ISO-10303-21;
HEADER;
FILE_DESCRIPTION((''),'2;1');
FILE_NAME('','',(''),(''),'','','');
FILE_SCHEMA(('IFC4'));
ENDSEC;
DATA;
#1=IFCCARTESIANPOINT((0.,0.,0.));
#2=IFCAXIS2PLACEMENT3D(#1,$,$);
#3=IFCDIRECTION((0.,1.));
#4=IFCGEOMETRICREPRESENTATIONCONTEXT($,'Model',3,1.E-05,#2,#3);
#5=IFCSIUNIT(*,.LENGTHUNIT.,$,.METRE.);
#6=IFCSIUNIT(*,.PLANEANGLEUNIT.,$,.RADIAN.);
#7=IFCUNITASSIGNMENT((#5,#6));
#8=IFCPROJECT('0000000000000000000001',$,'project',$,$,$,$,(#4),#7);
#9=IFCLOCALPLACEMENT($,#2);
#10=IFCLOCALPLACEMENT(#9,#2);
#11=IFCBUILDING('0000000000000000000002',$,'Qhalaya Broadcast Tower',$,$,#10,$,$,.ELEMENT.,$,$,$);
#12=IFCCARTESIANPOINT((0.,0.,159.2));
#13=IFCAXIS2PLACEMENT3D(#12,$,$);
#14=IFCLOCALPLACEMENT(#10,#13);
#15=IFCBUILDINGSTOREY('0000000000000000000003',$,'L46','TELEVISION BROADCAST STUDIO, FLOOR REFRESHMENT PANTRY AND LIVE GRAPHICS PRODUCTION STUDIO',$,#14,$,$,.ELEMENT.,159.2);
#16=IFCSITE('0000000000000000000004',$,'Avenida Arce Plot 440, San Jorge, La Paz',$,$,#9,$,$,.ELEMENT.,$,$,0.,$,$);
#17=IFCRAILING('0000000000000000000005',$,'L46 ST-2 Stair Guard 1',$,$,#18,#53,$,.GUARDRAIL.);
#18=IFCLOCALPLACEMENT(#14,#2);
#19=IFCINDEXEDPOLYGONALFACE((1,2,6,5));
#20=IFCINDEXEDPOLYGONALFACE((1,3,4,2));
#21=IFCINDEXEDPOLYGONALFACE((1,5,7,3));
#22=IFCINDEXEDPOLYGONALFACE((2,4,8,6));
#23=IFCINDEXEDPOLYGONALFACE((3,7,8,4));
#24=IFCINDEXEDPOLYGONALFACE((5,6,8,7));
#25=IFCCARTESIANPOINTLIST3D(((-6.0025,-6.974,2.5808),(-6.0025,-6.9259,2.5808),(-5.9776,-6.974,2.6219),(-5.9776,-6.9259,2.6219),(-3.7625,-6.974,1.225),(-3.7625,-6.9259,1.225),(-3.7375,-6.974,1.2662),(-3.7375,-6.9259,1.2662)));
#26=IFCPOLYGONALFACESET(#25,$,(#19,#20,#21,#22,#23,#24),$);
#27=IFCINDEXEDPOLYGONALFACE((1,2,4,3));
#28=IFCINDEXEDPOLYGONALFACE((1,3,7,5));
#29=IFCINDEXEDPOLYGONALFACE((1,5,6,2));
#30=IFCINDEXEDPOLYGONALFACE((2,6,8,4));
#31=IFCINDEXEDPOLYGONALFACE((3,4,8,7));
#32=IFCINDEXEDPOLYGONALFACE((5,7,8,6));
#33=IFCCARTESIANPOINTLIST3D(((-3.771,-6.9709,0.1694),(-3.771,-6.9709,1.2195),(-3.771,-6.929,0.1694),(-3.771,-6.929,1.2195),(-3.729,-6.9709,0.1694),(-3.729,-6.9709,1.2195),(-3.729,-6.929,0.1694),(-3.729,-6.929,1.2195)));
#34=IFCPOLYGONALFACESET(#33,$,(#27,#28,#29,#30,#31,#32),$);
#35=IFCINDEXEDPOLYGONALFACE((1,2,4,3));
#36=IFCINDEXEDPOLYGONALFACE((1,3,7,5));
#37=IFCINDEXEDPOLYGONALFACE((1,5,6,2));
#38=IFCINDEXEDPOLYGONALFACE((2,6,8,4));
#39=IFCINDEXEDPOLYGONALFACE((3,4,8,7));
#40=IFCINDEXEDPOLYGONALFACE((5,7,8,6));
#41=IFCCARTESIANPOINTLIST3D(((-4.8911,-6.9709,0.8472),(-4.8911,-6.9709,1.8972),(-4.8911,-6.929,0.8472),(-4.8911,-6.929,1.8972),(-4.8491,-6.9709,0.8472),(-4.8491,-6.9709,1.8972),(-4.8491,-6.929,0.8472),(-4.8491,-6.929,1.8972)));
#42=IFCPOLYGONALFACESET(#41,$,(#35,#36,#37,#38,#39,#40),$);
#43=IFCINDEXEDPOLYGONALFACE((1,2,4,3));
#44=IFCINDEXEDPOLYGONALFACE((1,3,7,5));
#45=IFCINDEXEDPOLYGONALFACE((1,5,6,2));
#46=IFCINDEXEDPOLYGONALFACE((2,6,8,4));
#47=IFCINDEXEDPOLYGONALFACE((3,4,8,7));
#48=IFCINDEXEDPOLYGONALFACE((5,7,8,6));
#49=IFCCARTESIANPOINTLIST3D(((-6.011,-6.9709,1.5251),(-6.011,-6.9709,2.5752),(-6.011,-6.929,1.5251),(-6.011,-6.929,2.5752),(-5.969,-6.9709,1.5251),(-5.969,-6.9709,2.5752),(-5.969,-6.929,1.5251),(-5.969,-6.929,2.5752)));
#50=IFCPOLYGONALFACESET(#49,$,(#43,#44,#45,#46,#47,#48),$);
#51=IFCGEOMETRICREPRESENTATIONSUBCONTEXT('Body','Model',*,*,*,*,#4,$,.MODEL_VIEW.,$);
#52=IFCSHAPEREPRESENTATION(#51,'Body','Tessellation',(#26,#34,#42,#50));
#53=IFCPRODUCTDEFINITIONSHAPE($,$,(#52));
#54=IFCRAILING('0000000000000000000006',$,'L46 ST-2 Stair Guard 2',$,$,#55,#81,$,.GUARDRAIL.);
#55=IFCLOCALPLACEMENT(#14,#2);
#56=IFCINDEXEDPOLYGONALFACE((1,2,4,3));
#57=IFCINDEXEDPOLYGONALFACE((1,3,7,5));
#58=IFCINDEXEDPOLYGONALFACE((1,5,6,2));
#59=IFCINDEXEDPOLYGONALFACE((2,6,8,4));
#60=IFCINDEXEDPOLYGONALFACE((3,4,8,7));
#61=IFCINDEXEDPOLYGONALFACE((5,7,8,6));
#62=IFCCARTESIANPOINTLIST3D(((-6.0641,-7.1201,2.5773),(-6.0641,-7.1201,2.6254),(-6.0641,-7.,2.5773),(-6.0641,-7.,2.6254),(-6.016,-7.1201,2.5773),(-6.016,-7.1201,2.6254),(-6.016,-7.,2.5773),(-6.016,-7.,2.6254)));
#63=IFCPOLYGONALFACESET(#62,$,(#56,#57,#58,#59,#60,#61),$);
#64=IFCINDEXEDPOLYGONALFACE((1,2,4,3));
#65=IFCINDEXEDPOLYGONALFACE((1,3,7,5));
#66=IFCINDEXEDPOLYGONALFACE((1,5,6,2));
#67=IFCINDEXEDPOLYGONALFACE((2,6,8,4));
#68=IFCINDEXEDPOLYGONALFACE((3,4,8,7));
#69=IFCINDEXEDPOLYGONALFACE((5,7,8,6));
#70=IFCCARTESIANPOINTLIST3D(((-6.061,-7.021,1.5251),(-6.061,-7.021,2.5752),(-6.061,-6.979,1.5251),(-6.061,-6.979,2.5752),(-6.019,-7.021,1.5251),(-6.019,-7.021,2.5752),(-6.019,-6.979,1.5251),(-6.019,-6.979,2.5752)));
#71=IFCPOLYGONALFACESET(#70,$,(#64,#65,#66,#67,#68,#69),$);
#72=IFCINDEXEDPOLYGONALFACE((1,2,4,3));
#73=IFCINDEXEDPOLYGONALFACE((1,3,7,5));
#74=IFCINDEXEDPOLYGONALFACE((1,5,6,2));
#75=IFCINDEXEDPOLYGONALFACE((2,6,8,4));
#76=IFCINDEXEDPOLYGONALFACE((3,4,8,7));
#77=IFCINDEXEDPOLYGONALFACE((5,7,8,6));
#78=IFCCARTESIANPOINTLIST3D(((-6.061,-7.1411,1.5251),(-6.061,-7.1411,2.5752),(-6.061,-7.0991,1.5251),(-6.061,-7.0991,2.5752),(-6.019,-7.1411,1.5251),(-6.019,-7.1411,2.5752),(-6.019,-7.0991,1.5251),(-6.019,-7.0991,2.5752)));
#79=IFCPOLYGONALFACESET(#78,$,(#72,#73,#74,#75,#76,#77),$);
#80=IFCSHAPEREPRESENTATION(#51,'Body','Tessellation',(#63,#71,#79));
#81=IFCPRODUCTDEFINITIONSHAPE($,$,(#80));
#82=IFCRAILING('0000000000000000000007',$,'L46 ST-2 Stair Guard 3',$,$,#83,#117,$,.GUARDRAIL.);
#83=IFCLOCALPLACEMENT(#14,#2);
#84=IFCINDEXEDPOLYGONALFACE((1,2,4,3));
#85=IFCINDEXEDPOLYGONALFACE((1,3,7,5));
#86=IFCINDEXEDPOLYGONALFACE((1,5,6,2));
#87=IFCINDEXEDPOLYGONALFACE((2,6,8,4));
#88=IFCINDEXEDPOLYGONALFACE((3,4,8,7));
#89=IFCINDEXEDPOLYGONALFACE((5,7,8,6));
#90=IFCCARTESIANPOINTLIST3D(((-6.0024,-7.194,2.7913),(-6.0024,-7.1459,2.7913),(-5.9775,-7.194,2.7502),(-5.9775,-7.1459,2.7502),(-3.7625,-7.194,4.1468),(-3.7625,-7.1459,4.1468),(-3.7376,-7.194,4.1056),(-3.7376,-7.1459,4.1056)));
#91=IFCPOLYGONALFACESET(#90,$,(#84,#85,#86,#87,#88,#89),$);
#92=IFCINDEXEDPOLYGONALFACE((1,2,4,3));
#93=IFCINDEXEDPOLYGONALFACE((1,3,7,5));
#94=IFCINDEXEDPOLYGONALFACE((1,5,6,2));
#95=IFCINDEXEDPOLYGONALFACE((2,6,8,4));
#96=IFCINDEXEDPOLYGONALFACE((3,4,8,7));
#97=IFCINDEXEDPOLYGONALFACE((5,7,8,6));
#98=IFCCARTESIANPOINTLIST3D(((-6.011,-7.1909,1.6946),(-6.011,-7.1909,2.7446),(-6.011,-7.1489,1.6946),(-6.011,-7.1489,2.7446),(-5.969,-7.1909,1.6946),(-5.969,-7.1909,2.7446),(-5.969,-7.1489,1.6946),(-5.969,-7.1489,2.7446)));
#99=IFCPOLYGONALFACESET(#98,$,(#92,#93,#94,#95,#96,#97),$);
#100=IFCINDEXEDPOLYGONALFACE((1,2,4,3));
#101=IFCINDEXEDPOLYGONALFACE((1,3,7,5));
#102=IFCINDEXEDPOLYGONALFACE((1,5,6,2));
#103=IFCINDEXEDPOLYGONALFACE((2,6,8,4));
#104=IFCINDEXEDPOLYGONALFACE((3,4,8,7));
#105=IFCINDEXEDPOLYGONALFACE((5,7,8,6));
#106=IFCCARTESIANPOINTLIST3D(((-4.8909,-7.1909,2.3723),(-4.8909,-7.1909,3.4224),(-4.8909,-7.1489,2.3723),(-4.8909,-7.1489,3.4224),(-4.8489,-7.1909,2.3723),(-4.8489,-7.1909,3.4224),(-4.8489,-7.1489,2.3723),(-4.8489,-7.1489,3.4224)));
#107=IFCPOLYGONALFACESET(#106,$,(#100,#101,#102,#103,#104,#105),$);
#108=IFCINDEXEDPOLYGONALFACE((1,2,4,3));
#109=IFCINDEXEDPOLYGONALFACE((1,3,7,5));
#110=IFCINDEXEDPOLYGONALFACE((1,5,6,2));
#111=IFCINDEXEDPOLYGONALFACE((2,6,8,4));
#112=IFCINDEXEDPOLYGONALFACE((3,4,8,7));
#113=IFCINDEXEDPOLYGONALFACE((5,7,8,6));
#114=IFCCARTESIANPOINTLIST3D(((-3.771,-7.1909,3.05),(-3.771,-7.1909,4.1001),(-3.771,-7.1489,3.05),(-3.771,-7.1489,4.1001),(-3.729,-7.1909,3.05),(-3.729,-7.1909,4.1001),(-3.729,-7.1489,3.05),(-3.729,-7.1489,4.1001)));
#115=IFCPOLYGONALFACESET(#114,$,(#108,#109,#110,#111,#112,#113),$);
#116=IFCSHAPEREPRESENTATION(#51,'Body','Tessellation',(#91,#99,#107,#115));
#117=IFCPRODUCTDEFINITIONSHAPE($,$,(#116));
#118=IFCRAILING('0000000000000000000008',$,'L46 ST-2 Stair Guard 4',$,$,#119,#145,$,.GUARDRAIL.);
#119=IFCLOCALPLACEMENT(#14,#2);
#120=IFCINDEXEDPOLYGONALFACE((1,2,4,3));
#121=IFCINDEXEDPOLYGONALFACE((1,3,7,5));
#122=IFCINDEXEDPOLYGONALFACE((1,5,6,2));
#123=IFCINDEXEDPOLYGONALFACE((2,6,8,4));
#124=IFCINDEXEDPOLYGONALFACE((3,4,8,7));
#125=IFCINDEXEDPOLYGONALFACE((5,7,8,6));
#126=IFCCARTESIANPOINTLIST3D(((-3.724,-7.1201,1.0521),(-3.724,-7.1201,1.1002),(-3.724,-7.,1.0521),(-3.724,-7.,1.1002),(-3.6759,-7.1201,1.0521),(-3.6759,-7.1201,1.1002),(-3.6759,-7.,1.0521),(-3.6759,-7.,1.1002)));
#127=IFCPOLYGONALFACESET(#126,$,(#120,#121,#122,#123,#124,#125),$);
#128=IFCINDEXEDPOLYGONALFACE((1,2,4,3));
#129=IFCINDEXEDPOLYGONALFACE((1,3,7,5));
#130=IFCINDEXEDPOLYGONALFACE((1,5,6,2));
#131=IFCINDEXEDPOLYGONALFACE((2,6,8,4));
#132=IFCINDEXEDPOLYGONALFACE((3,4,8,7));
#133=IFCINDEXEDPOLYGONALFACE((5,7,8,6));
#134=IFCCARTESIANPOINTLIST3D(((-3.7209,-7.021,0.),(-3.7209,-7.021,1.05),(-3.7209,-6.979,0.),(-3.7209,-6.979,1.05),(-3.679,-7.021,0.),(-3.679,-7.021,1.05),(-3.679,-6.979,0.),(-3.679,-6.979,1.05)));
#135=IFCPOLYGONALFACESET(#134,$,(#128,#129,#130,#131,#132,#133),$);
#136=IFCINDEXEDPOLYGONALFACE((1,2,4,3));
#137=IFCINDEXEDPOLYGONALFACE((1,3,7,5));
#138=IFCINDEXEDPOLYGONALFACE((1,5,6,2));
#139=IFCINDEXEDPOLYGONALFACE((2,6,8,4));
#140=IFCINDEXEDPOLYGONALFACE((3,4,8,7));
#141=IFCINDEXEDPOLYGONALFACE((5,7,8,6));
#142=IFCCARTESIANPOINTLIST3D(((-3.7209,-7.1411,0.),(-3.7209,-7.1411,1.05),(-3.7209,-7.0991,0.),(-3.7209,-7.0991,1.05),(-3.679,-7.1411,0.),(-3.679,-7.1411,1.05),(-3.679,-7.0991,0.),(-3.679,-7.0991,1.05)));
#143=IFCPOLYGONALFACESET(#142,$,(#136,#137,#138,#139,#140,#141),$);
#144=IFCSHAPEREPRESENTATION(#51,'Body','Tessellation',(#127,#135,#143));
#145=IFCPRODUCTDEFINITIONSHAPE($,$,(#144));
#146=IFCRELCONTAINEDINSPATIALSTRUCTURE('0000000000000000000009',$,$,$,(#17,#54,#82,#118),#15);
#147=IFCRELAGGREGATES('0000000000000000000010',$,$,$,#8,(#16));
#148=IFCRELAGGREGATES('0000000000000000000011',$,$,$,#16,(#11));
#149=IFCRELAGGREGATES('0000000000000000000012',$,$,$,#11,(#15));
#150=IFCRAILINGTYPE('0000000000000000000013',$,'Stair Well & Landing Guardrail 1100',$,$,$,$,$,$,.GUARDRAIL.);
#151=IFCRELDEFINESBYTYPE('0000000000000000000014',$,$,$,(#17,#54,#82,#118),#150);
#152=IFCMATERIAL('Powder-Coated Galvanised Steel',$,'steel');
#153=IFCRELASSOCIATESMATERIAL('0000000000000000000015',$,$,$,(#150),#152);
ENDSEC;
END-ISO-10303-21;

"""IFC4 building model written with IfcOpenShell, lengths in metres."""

from ifc_helpers import new_model, si_unit, direction, frame, origin, origin_2d, place, context, subcontext, project, spatial, rectangle, extrude, material, type_object, element, save


model = new_model("IFC4")

# Units and contexts
model_context = context("Model", 3, precision=1e-05, world=origin(), true_north=direction((0.0, 1.0)))
body_context = subcontext(model_context, "Body", "Model", "MODEL_VIEW")
ifc_project = project(units=[si_unit("LENGTHUNIT", "METRE"), si_unit("PLANEANGLEUNIT", "RADIAN")], contexts=[model_context])

# Site, building, storey
site_placement = place(None, origin())
site = spatial("IfcSite", under=ifc_project, at=site_placement, Name="Avenida Arce Plot 440, San Jorge, La Paz", CompositionType="ELEMENT", RefElevation=0.0)
building_placement = place(site_placement, origin())
building = spatial("IfcBuilding", under=site, at=building_placement, Name="Qhalaya Broadcast Tower", CompositionType="ELEMENT")
storey_placement = place(building_placement, frame((0.0, 0.0, 159.2)))
storey = spatial("IfcBuildingStorey", under=building, at=storey_placement, Name="L46", Description="TELEVISION BROADCAST STUDIO, FLOOR REFRESHMENT PANTRY AND LIVE GRAPHICS PRODUCTION STUDIO", CompositionType="ELEMENT", Elevation=159.2)

# Railings
ifc_material_1 = material(Name="Powder-Coated Galvanised Steel", Category="steel")
railing_type_1 = type_object("IfcRailingType", Name="Stair Well & Landing Guardrail 1100", PredefinedType="GUARDRAIL", material=ifc_material_1)
railing_1_placement = place(storey_placement, frame((-3.75, -6.95, 0.1694)))
element("IfcRailing", 1, at=railing_1_placement, inside=storey, type_object=railing_type_1, Name="L46 ST-2 Stair Guard 1", PredefinedType="GUARDRAIL", context=body_context, shape_type="SweptSolid", body=[
    extrude(rectangle(XDim=0.0481, YDim=0.0481, at=origin_2d()), frame((0.0, 0.0, 1.0762), z_axis=(-0.855512, 0.0, 0.517783), x_axis=(0.0, -1.0, 0.0)), (0.0, 0.0, 1.0), 2.6184),
    extrude(rectangle(XDim=0.042, YDim=0.042, at=origin_2d()), origin(), (0.0, 0.0, 1.0), 1.05),
    extrude(rectangle(XDim=0.042, YDim=0.042, at=origin_2d()), frame((-1.1201, 0.0, 0.6777)), (0.0, 0.0, 1.0), 1.05),
    extrude(rectangle(XDim=0.042, YDim=0.042, at=origin_2d()), frame((-2.24, 0.0, 1.3557)), (0.0, 0.0, 1.0), 1.05),
])
railing_2_placement = place(storey_placement, frame((-6.04, -7.0, 1.5251)))
element("IfcRailing", 2, at=railing_2_placement, inside=storey, type_object=railing_type_1, Name="L46 ST-2 Stair Guard 2", PredefinedType="GUARDRAIL", context=body_context, shape_type="SweptSolid", body=[
    extrude(rectangle(XDim=0.0481, YDim=0.0481, at=origin_2d()), frame((0.0, 0.0, 1.0762), z_axis=(0.0, -1.0, 0.0), x_axis=(1.0, 0.0, 0.0)), (0.0, 0.0, 1.0), 0.1201),
    extrude(rectangle(XDim=0.042, YDim=0.042, at=origin_2d()), origin(), (0.0, 0.0, 1.0), 1.05),
    extrude(rectangle(XDim=0.042, YDim=0.042, at=origin_2d()), frame((0.0, -0.1201, 0.0)), (0.0, 0.0, 1.0), 1.05),
])
railing_3_placement = place(storey_placement, frame((-5.99, -7.1699, 1.6946)))
element("IfcRailing", 3, at=railing_3_placement, inside=storey, type_object=railing_type_1, Name="L46 ST-2 Stair Guard 3", PredefinedType="GUARDRAIL", context=body_context, shape_type="SweptSolid", body=[
    extrude(rectangle(XDim=0.0481, YDim=0.0481, at=origin_2d()), frame((0.0, 0.0, 1.0762), z_axis=(0.855553, 0.0, 0.517715), x_axis=(0.0, 1.0, 0.0)), (0.0, 0.0, 1.0), 2.6182),
    extrude(rectangle(XDim=0.042, YDim=0.042, at=origin_2d()), origin(), (0.0, 0.0, 1.0), 1.05),
    extrude(rectangle(XDim=0.042, YDim=0.042, at=origin_2d()), frame((1.1201, 0.0, 0.6777)), (0.0, 0.0, 1.0), 1.05),
    extrude(rectangle(XDim=0.042, YDim=0.042, at=origin_2d()), frame((2.24, 0.0, 1.3555)), (0.0, 0.0, 1.0), 1.05),
])
railing_4_placement = place(storey_placement, frame((-3.7, -7.0, 0.0)))
element("IfcRailing", 4, at=railing_4_placement, inside=storey, type_object=railing_type_1, Name="L46 ST-2 Stair Guard 4", PredefinedType="GUARDRAIL", context=body_context, shape_type="SweptSolid", body=[
    extrude(rectangle(XDim=0.0481, YDim=0.0481, at=origin_2d()), frame((0.0, 0.0, 1.0762), z_axis=(0.0, -1.0, 0.0), x_axis=(1.0, 0.0, 0.0)), (0.0, 0.0, 1.0), 0.1201),
    extrude(rectangle(XDim=0.042, YDim=0.042, at=origin_2d()), origin(), (0.0, 0.0, 1.0), 1.05),
    extrude(rectangle(XDim=0.042, YDim=0.042, at=origin_2d()), frame((0.0, -0.1201, 0.0)), (0.0, 0.0, 1.0), 1.05),
])

save(model, "model.ifc")
